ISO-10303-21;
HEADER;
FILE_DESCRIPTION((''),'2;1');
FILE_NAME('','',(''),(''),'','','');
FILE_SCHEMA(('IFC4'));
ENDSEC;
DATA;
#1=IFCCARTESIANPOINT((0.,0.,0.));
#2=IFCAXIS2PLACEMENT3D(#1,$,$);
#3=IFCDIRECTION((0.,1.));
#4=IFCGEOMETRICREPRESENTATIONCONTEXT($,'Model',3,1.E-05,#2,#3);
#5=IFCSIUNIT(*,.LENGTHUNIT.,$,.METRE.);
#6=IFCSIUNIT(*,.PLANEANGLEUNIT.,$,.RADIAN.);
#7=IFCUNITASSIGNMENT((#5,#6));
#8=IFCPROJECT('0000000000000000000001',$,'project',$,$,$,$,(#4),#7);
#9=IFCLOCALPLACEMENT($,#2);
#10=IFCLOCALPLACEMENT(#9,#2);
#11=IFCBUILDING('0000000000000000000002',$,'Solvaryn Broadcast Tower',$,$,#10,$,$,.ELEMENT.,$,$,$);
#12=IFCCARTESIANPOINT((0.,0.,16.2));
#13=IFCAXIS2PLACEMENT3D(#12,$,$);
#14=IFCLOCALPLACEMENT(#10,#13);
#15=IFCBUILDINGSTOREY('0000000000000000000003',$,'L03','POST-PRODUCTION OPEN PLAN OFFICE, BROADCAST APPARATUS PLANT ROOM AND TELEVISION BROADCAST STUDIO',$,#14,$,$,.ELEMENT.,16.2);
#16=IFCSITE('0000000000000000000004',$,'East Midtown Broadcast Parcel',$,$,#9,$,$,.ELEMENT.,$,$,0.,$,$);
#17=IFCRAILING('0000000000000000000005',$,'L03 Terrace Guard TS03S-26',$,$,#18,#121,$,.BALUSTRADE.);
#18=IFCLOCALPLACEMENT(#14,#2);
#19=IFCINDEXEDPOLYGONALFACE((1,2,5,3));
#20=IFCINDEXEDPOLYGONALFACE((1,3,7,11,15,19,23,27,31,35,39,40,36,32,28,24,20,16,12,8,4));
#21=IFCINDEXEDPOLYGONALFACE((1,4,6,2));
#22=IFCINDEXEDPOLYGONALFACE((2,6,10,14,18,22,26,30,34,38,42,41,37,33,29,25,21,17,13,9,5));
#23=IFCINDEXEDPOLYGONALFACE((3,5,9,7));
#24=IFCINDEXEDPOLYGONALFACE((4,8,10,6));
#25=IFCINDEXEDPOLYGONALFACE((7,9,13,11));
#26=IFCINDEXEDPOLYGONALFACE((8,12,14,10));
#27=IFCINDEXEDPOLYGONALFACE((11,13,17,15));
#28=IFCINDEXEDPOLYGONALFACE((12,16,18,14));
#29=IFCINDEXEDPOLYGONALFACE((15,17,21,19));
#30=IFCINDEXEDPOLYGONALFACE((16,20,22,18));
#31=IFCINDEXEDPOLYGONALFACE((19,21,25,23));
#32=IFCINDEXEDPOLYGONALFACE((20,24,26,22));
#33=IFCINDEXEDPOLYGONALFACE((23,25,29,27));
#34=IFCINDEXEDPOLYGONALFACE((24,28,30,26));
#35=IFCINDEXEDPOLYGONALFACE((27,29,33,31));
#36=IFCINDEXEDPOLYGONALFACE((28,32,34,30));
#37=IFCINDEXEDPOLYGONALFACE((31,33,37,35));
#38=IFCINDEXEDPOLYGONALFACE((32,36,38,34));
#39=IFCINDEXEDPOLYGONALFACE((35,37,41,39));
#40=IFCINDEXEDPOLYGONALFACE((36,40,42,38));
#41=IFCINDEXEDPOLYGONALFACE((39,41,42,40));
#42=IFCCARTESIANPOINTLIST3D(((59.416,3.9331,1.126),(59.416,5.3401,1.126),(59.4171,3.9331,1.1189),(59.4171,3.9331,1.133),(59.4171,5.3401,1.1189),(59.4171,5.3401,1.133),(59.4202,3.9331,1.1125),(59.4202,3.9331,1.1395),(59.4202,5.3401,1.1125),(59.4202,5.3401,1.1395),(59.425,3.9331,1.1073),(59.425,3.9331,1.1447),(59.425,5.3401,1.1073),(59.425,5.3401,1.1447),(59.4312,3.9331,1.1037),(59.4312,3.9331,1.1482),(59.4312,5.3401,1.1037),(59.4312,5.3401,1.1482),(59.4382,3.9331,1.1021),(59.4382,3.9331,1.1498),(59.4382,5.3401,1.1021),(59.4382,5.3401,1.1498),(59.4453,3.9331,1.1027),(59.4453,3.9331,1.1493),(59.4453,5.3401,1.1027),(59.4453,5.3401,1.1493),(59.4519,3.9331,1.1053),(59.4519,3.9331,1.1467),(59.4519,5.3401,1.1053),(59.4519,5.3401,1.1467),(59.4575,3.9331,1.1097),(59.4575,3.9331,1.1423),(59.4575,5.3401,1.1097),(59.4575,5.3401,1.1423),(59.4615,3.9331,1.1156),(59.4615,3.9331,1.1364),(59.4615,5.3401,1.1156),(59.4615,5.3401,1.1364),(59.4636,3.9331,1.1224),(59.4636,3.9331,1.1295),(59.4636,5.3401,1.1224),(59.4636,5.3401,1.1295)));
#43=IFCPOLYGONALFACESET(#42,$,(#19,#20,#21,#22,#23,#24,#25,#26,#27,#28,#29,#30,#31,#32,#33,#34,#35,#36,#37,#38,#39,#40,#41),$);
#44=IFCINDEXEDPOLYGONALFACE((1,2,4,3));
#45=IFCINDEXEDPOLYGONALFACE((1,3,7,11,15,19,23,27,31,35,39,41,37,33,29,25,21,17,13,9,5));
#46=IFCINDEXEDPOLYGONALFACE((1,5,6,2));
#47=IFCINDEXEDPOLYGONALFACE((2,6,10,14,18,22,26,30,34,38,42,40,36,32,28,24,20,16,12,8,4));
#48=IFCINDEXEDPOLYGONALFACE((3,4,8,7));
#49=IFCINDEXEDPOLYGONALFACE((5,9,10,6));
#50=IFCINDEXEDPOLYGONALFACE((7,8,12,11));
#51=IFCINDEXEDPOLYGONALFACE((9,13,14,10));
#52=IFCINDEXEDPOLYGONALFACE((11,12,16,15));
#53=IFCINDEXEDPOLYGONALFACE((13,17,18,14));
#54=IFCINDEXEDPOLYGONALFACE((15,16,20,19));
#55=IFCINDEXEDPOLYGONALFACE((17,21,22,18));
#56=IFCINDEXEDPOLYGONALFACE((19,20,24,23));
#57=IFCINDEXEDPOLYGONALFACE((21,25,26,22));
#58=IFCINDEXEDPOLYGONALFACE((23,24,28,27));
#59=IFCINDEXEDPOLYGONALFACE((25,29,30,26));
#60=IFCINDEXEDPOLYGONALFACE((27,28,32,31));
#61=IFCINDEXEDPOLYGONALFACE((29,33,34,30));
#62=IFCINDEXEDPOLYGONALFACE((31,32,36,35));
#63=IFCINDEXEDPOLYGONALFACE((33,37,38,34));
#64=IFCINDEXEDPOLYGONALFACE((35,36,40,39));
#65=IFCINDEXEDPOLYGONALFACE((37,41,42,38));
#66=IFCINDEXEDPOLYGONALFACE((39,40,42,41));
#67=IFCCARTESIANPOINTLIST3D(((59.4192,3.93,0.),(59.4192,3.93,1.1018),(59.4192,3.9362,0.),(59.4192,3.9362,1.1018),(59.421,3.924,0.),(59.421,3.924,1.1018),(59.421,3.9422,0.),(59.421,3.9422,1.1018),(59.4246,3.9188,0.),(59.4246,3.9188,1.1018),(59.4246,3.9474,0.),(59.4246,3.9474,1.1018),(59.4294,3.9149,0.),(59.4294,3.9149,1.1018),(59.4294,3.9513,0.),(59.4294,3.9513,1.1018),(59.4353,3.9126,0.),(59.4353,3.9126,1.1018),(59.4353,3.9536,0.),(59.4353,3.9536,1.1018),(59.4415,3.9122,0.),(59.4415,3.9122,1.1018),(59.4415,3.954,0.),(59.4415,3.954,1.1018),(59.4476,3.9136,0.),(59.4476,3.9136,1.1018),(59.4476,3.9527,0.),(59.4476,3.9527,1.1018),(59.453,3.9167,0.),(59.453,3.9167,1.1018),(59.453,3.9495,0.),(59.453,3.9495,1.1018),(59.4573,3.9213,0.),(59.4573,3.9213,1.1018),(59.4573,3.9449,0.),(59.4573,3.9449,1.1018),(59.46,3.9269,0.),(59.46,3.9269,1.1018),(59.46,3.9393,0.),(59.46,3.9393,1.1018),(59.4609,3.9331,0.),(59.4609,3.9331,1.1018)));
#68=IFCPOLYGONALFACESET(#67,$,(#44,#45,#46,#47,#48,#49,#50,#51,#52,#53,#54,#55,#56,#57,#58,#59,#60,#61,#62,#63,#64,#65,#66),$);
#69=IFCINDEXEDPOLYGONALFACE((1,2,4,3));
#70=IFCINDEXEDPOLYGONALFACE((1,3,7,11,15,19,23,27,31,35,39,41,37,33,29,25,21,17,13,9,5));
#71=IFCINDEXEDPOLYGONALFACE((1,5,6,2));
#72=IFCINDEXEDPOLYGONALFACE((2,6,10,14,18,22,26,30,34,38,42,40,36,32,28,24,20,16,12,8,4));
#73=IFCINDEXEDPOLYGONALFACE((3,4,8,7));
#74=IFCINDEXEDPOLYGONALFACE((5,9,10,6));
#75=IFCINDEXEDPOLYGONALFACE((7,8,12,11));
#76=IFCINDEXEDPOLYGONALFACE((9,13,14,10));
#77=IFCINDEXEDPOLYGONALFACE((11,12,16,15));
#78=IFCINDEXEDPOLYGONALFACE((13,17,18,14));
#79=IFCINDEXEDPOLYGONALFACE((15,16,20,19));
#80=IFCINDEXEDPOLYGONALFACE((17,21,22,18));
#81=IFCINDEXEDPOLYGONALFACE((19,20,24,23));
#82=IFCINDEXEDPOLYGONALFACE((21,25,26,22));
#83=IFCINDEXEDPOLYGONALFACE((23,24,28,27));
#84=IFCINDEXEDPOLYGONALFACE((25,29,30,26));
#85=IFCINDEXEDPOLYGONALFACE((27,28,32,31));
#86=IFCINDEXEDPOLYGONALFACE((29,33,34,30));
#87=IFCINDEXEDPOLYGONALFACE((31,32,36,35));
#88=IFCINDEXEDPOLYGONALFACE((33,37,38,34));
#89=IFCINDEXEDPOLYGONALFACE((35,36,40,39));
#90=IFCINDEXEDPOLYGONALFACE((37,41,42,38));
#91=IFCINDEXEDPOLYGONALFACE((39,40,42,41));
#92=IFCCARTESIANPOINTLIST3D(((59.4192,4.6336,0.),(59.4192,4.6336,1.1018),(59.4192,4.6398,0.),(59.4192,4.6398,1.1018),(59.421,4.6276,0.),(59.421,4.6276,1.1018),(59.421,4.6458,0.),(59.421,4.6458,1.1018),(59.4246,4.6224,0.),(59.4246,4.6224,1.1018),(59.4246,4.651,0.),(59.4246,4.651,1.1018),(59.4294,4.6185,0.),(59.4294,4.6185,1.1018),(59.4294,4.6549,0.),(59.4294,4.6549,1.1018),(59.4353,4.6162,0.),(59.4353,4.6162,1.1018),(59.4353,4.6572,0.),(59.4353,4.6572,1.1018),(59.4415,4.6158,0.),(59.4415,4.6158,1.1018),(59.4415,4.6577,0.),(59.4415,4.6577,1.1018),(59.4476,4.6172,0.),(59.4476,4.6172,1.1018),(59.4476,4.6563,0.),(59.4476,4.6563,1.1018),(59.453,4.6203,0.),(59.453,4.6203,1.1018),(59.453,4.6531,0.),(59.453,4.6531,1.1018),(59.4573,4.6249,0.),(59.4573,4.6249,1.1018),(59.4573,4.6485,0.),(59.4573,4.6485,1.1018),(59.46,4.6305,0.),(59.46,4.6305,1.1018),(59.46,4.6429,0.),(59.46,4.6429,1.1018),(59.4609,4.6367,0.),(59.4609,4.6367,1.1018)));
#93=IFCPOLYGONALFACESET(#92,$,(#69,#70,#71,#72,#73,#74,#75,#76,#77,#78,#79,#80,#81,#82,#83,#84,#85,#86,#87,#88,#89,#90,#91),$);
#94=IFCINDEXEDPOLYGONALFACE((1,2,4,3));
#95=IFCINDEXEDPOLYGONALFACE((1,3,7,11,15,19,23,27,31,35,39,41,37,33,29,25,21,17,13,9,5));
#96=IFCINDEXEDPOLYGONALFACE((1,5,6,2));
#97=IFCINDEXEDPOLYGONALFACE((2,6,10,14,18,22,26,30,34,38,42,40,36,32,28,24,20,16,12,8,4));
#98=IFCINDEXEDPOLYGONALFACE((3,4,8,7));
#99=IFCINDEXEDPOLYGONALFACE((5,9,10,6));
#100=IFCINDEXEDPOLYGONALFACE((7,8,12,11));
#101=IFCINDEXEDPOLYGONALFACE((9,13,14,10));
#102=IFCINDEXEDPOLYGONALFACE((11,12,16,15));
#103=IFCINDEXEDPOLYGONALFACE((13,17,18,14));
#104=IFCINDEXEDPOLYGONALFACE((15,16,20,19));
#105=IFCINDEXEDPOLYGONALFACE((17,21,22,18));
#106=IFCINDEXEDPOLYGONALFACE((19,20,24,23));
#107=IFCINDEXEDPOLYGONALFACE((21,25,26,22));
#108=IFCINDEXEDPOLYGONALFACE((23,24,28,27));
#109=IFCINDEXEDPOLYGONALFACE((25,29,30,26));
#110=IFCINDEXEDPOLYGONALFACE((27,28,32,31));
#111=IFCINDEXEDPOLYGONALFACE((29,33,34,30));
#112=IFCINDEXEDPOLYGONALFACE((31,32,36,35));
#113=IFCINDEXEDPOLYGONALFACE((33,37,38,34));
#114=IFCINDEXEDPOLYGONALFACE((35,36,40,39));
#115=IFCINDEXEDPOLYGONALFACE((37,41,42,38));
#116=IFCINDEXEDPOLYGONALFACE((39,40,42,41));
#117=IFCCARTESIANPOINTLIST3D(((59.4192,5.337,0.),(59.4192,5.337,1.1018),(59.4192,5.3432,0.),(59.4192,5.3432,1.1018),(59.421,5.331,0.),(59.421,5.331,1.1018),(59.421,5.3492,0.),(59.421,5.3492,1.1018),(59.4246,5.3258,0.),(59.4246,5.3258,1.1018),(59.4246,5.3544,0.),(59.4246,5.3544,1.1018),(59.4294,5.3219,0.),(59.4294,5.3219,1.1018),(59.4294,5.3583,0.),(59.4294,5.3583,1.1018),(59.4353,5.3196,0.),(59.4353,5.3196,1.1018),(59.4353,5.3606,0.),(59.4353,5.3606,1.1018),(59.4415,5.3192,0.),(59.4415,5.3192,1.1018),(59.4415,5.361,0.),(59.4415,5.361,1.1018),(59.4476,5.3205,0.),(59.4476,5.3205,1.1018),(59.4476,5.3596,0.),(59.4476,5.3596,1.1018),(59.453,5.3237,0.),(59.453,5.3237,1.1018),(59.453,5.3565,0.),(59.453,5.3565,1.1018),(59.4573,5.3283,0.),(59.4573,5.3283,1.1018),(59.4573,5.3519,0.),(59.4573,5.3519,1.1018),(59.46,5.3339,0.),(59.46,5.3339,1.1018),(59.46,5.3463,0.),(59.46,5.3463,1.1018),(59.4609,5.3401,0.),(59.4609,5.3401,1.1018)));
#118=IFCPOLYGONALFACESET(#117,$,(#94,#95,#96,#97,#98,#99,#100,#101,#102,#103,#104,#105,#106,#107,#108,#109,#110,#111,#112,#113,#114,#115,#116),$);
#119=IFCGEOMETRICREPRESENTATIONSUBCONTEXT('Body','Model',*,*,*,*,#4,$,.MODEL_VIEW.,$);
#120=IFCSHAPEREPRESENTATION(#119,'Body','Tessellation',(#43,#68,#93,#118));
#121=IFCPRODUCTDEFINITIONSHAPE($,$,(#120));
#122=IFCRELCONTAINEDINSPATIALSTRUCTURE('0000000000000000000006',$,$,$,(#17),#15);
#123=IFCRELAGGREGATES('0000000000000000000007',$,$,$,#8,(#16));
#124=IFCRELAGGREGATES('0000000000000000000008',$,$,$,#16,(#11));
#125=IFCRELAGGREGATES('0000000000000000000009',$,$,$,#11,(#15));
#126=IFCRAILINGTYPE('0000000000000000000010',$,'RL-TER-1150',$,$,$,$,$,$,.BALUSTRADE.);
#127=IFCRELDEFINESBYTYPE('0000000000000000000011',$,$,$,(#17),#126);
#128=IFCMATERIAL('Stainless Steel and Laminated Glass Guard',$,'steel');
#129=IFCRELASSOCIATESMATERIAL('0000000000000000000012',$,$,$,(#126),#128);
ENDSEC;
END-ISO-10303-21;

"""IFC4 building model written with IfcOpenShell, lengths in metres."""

from ifc_helpers import new_model, si_unit, direction, frame, origin, origin_2d, place, context, subcontext, project, spatial, circle, extrude, material, type_object, element, save


model = new_model("IFC4")

# Units and contexts
model_context = context("Model", 3, precision=1e-05, world=origin(), true_north=direction((0.0, 1.0)))
body_context = subcontext(model_context, "Body", "Model", "MODEL_VIEW")
ifc_project = project(units=[si_unit("LENGTHUNIT", "METRE"), si_unit("PLANEANGLEUNIT", "RADIAN")], contexts=[model_context])

# Site, building, storey
site_placement = place(None, origin())
site = spatial("IfcSite", under=ifc_project, at=site_placement, Name="East Midtown Broadcast Parcel", CompositionType="ELEMENT", RefElevation=0.0)
building_placement = place(site_placement, origin())
building = spatial("IfcBuilding", under=site, at=building_placement, Name="Solvaryn Broadcast Tower", CompositionType="ELEMENT")
storey_placement = place(building_placement, frame((0.0, 0.0, 16.2)))
storey = spatial("IfcBuildingStorey", under=building, at=storey_placement, Name="L03", Description="POST-PRODUCTION OPEN PLAN OFFICE, BROADCAST APPARATUS PLANT ROOM AND TELEVISION BROADCAST STUDIO", CompositionType="ELEMENT", Elevation=16.2)

# Railing
ifc_material_1 = material(Name="Stainless Steel and Laminated Glass Guard", Category="steel")
railing_type = type_object("IfcRailingType", Name="RL-TER-1150", PredefinedType="BALUSTRADE", material=ifc_material_1)
railing_1_placement = place(storey_placement, frame((59.4399, 3.9331, 0.0)))
element("IfcRailing", 1, at=railing_1_placement, inside=storey, type_object=railing_type, Name="L03 Terrace Guard TS03S-26", PredefinedType="BALUSTRADE", context=body_context, shape_type="SweptSolid", body=[
    extrude(circle(Radius=0.0239, at=origin_2d()), frame((0.0, 0.0, 1.126), z_axis=(0.0, 1.0, 0.0), x_axis=(-1.0, 0.0, 0.0)), (0.0, 0.0, 1.0), 1.407),
    extrude(circle(Radius=0.021, at=origin_2d()), origin(), (0.0, 0.0, 1.0), 1.1018),
    extrude(circle(Radius=0.021, at=origin_2d()), frame((0.0, 0.7036, 0.0)), (0.0, 0.0, 1.0), 1.1018),
    extrude(circle(Radius=0.021, at=origin_2d()), frame((0.0, 1.407, 0.0)), (0.0, 0.0, 1.0), 1.1018),
])

save(model, "model.ifc")
